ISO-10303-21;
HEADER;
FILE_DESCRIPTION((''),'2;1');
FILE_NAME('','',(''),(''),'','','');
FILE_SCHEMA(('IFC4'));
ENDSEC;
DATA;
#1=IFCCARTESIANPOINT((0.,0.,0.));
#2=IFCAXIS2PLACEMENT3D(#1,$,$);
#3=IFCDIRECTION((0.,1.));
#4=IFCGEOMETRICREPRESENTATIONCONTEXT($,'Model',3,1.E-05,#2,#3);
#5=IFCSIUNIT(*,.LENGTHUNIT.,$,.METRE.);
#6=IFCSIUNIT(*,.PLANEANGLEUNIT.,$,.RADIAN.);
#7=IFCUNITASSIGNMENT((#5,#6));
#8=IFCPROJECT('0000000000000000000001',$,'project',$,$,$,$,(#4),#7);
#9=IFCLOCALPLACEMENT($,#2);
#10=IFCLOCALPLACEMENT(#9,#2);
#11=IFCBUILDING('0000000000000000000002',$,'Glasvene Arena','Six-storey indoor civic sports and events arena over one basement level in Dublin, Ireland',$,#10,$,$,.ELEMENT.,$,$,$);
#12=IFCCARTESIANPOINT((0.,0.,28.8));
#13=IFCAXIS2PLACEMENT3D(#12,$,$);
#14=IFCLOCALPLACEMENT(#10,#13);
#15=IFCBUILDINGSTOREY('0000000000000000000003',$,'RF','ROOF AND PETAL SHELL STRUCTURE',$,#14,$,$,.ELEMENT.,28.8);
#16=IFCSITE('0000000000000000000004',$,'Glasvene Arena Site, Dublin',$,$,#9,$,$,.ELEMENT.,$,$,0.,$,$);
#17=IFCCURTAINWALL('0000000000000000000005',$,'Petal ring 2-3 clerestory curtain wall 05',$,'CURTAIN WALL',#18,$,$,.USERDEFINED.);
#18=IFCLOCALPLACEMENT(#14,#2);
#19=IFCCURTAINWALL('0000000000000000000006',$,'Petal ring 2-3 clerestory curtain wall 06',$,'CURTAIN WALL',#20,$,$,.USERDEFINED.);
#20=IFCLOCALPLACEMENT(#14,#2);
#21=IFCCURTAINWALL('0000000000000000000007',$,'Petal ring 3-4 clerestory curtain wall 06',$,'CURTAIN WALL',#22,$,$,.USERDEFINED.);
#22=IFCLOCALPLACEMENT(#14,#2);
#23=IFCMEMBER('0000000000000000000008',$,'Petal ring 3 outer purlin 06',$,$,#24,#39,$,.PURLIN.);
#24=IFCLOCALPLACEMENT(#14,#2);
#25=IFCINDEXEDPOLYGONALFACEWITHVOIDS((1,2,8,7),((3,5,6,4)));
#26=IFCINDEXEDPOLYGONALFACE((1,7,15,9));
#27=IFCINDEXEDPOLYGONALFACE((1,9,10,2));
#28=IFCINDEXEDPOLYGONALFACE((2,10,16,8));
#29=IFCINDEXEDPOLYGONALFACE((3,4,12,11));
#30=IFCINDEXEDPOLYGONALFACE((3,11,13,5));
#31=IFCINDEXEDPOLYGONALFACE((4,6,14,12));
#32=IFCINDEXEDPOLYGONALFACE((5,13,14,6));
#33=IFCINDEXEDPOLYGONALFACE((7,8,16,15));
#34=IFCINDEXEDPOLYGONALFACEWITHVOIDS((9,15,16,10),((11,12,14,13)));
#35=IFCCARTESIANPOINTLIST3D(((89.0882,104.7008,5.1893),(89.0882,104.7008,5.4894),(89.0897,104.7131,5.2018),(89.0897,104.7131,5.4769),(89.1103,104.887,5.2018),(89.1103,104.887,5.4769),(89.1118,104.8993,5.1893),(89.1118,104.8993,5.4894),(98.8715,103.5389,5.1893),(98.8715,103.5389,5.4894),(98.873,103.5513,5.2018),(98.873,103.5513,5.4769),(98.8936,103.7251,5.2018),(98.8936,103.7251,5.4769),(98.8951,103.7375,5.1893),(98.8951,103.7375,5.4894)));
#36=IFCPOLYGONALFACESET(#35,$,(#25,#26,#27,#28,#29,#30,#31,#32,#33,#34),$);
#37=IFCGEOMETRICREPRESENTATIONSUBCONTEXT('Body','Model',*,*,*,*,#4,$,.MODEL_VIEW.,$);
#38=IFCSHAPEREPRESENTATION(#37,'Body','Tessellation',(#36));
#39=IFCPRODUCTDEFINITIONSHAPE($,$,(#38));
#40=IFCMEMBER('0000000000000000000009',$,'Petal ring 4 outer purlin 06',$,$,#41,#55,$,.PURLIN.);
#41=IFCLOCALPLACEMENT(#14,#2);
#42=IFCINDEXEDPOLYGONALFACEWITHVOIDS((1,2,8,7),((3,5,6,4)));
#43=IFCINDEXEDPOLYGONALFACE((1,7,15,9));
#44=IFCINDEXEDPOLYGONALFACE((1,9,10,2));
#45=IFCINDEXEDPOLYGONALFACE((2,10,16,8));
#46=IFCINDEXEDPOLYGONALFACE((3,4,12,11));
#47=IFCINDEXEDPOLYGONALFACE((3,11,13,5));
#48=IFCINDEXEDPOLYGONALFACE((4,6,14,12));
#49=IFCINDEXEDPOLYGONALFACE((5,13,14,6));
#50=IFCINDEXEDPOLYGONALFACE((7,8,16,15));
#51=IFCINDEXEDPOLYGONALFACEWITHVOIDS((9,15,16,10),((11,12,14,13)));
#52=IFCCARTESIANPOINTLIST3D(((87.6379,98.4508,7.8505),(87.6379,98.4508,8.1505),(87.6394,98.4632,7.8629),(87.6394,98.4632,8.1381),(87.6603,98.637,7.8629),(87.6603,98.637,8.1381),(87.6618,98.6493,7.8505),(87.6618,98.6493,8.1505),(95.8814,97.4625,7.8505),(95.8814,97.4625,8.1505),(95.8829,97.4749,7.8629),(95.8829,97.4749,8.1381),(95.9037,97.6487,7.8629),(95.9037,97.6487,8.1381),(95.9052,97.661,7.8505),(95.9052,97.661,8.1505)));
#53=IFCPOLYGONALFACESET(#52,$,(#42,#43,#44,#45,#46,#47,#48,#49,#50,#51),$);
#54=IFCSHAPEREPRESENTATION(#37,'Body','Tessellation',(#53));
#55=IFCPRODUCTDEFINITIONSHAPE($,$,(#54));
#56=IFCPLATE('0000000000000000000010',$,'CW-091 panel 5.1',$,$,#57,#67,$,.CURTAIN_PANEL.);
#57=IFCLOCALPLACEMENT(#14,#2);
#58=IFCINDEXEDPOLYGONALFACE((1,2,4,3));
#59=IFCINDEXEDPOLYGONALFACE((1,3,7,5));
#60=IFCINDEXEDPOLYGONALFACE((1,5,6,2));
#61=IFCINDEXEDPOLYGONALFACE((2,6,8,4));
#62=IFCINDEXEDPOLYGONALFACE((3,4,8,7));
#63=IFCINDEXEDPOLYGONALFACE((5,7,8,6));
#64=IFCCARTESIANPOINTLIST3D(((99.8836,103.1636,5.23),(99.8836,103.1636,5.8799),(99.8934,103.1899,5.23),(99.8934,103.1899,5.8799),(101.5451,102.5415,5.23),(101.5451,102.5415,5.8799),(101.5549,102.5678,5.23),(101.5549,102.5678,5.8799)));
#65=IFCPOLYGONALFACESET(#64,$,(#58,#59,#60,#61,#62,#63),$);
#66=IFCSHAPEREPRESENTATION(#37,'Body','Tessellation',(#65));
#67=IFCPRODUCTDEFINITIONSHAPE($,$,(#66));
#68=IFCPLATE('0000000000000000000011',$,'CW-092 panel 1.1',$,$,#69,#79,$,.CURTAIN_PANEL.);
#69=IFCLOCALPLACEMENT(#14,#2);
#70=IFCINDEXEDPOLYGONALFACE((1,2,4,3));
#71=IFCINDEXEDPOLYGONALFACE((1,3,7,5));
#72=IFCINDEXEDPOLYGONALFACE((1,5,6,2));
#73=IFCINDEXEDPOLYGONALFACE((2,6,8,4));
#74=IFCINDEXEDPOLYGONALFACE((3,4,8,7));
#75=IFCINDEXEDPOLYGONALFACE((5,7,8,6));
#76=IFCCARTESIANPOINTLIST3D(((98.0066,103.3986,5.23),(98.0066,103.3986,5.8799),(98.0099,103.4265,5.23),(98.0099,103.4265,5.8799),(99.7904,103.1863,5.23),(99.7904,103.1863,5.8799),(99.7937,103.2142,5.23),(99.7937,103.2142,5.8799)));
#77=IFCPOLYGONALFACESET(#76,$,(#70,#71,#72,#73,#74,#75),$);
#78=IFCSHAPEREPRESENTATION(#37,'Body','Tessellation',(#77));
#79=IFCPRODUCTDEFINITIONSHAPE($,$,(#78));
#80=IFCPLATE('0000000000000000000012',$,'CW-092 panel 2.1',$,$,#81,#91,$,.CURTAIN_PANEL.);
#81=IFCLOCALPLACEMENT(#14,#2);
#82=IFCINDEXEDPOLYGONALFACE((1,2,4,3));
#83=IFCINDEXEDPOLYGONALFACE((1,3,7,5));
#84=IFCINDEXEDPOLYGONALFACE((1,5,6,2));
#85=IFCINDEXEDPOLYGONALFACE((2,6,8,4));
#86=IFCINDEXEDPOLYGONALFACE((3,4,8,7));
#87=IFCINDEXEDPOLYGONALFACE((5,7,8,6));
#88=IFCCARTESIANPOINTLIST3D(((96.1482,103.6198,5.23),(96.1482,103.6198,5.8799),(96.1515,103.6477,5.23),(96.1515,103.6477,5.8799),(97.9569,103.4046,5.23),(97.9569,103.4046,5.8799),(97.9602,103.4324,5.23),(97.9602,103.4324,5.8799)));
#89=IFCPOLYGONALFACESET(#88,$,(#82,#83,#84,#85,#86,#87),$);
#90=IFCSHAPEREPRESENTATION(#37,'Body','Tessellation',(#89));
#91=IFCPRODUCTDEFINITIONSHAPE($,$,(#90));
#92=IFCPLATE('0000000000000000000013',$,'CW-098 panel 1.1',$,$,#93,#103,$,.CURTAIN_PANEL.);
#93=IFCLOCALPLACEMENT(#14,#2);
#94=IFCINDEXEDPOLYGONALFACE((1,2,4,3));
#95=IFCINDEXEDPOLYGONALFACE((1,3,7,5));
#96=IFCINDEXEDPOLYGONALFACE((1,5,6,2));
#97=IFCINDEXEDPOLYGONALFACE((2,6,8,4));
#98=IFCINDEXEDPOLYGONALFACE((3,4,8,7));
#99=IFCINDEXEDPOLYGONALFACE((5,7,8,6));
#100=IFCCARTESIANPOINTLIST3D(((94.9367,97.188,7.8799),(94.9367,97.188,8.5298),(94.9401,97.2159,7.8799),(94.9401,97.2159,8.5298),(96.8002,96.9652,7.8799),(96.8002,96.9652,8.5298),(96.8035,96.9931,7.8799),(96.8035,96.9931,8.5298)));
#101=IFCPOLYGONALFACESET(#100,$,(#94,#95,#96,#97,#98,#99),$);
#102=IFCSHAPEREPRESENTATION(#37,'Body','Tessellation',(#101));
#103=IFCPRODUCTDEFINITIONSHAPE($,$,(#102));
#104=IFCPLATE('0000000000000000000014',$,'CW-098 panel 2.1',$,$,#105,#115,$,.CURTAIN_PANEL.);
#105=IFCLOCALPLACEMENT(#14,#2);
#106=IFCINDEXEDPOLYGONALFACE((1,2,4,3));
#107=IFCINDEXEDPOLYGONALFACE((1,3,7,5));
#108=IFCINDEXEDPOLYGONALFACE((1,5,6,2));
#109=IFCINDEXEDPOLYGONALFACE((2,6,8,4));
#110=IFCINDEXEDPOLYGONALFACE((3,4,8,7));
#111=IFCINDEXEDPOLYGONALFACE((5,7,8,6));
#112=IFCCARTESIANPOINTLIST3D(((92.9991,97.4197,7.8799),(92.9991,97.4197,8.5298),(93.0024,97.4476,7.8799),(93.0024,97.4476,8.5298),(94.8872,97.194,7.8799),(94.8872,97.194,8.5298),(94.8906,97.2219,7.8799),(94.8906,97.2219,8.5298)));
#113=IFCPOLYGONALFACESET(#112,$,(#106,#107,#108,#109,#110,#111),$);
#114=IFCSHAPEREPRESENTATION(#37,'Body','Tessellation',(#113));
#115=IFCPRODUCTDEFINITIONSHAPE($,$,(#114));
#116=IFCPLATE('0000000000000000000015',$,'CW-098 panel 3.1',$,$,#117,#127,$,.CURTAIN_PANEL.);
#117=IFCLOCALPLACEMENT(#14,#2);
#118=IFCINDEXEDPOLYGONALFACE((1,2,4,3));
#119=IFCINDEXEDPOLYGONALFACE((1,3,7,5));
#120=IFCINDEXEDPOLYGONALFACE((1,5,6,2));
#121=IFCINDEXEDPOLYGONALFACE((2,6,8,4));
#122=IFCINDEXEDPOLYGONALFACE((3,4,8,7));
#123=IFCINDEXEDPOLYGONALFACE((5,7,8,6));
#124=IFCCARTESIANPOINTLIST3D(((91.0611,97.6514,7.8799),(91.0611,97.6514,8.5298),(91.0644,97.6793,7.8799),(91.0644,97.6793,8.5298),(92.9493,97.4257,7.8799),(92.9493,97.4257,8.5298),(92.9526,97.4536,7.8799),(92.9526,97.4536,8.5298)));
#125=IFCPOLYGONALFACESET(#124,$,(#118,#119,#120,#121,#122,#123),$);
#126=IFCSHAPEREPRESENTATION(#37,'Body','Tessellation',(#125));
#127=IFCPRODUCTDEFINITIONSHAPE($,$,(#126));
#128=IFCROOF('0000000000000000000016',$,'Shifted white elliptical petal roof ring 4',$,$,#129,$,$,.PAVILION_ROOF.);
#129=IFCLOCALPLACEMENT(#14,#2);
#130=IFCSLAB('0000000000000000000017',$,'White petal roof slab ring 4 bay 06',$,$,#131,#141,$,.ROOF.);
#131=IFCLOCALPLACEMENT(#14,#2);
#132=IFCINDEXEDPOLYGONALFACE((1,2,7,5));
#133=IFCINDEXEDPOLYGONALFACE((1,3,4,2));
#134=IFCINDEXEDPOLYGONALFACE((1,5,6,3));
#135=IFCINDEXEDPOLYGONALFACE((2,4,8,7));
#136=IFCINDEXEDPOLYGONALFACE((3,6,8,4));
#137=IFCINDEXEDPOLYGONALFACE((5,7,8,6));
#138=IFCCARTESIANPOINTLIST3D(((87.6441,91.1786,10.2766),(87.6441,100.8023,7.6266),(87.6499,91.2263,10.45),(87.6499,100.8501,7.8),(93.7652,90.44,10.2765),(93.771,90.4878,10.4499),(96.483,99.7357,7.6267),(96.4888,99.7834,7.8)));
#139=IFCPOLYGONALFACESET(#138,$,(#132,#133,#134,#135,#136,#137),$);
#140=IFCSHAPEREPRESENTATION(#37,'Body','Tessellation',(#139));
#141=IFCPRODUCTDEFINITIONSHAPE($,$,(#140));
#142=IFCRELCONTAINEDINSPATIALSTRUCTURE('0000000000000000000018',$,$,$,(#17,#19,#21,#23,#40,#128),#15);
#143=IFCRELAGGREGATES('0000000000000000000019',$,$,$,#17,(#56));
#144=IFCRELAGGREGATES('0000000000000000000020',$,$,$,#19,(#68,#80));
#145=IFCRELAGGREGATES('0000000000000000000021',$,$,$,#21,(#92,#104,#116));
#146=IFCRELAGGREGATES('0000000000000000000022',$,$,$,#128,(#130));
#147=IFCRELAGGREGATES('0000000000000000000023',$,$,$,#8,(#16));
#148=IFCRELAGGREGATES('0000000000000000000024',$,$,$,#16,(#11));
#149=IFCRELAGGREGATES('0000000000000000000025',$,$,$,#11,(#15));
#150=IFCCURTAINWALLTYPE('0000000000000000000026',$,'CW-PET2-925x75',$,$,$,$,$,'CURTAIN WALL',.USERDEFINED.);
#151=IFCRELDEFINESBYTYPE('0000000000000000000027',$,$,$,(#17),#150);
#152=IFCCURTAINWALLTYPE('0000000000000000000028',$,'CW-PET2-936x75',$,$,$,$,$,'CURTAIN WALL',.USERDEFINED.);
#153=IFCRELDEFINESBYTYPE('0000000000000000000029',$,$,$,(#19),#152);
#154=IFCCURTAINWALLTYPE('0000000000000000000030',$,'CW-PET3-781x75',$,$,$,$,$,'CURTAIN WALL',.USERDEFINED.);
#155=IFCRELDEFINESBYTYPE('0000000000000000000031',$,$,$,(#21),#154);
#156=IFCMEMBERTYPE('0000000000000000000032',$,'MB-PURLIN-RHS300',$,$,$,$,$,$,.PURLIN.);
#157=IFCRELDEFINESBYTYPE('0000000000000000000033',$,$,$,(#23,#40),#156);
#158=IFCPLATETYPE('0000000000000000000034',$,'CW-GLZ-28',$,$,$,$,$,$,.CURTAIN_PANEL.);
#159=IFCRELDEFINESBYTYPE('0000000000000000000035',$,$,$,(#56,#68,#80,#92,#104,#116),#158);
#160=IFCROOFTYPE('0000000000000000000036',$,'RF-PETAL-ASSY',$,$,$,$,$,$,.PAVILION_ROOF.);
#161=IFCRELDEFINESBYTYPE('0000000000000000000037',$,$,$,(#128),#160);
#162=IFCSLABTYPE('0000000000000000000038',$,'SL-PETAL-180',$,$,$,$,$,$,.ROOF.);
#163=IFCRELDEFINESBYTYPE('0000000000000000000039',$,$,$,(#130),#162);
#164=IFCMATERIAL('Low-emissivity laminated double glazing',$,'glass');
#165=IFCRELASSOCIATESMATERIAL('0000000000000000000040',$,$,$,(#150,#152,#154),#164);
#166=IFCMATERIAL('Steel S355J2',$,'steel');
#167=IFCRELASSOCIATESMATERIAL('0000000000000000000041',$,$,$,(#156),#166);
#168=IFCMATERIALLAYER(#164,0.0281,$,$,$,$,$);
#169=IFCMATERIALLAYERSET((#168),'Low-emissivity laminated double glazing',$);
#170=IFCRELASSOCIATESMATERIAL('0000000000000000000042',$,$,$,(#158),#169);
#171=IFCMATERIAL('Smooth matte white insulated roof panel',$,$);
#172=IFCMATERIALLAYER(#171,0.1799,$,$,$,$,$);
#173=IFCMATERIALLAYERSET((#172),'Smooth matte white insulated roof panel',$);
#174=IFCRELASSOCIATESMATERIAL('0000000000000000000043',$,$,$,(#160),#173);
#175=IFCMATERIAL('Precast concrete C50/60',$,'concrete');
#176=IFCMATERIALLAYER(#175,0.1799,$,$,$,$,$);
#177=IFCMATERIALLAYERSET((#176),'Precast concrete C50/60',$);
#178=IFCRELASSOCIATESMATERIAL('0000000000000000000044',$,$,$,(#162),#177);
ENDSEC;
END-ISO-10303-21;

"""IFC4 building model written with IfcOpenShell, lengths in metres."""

from ifc_helpers import new_model, si_unit, direction, frame, origin, origin_2d, place, context, subcontext, project, spatial, polyline, rectangle, hollow_rectangle, outline, extrude, material, layer, layer_set, material_profile, profile_set, type_object, element, aggregate, save


model = new_model("IFC4")

# Units and contexts
model_context = context("Model", 3, precision=1e-05, world=origin(), true_north=direction((0.0, 1.0)))
body_context = subcontext(model_context, "Body", "Model", "MODEL_VIEW")
ifc_project = project(units=[si_unit("LENGTHUNIT", "METRE"), si_unit("PLANEANGLEUNIT", "RADIAN")], contexts=[model_context])

# Site, building, storey
site_placement = place(None, origin())
site = spatial("IfcSite", under=ifc_project, at=site_placement, Name="Glasvene Arena Site, Dublin", CompositionType="ELEMENT", RefElevation=0.0)
building_placement = place(site_placement, origin())
building = spatial("IfcBuilding", under=site, at=building_placement, Name="Glasvene Arena", Description="Six-storey indoor civic sports and events arena over one basement level in Dublin, Ireland", CompositionType="ELEMENT")
storey_placement = place(building_placement, frame((0.0, 0.0, 28.8)))
storey = spatial("IfcBuildingStorey", under=building, at=storey_placement, Name="RF", Description="ROOF AND PETAL SHELL STRUCTURE", CompositionType="ELEMENT", Elevation=28.8)

# Curtain walls
ifc_material_1 = material(Name="Low-emissivity laminated double glazing", Category="glass")
curtain_wall_type_1 = type_object("IfcCurtainWallType", Name="CW-PET2-925x75", ElementType="CURTAIN WALL", PredefinedType="USERDEFINED", material=ifc_material_1)
curtain_wall_1_placement = place(storey_placement, frame((108.5, 99.9524, 0.0)))
curtain_wall_1 = element("IfcCurtainWall", 1, at=curtain_wall_1_placement, inside=storey, type_object=curtain_wall_type_1, Name="Petal ring 2-3 clerestory curtain wall 05", ObjectType="CURTAIN WALL", PredefinedType="USERDEFINED")
curtain_wall_type_2 = type_object("IfcCurtainWallType", Name="CW-PET2-936x75", ElementType="CURTAIN WALL", PredefinedType="USERDEFINED", material=ifc_material_1)
curtain_wall_2_placement = place(storey_placement, frame((99.8416, 103.1943, 0.0)))
curtain_wall_2 = element("IfcCurtainWall", 2, at=curtain_wall_2_placement, inside=storey, type_object=curtain_wall_type_2, Name="Petal ring 2-3 clerestory curtain wall 06", ObjectType="CURTAIN WALL", PredefinedType="USERDEFINED")

# Curtain wall
curtain_wall_type_3 = type_object("IfcCurtainWallType", Name="CW-PET3-781x75", ElementType="CURTAIN WALL", PredefinedType="USERDEFINED", material=ifc_material_1)
curtain_wall_3_placement = place(storey_placement, frame((96.8516, 96.9731, 0.0)))
curtain_wall_3 = element("IfcCurtainWall", 3, at=curtain_wall_3_placement, inside=storey, type_object=curtain_wall_type_3, Name="Petal ring 3-4 clerestory curtain wall 06", ObjectType="CURTAIN WALL", PredefinedType="USERDEFINED")

# Members
ifc_material_2 = material(Name="Steel S355J2", Category="steel")
ifc_material_profile_1 = material_profile(ifc_material_2, hollow_rectangle(XDim=0.2, YDim=0.3, WallThickness=0.0125, at=origin_2d()), Name="RHS 300x200x12.5")
ifc_profile_set_1 = profile_set([ifc_material_profile_1], Name="Steel S355J2")
member_type_1 = type_object("IfcMemberType", Name="MB-PURLIN-RHS300", PredefinedType="PURLIN", material=ifc_profile_set_1)
member_1_placement = place(storey_placement, frame((98.8833, 103.6382, 5.3394), z_axis=(-0.993022, 0.117932, 0.0), x_axis=(-0.117932, -0.993022, 0.0)))
element("IfcMember", 4, at=member_1_placement, inside=storey, type_object=member_type_1, Name="Petal ring 3 outer purlin 06", PredefinedType="PURLIN", context=body_context, shape_type="SweptSolid", body=[
    extrude(hollow_rectangle(XDim=0.2, YDim=0.3, WallThickness=0.0125, at=origin_2d()), origin(), (0.0, 0.0, 1.0), 9.8521),
])
member_2_placement = place(storey_placement, frame((95.8933, 97.5618, 8.0005), z_axis=(-0.99289, 0.119035, 0.0), x_axis=(-0.119035, -0.99289, 0.0)))
element("IfcMember", 5, at=member_2_placement, inside=storey, type_object=member_type_1, Name="Petal ring 4 outer purlin 06", PredefinedType="PURLIN", context=body_context, shape_type="SweptSolid", body=[
    extrude(hollow_rectangle(XDim=0.2, YDim=0.3, WallThickness=0.0125, at=origin_2d()), origin(), (0.0, 0.0, 1.0), 8.3025),
])

# Plates
ifc_layer_1 = layer(ifc_material_1, 0.0281)
ifc_layer_set_1 = layer_set([ifc_layer_1], Name="Low-emissivity laminated double glazing")
plate_type = type_object("IfcPlateType", Name="CW-GLZ-28", PredefinedType="CURTAIN_PANEL", material=ifc_layer_set_1)
plate_1_placement = place(storey_placement, frame((100.7192, 102.8657, 5.23), z_axis=(0.0, 0.0, 1.0), x_axis=(-0.93651, 0.35064, 0.0)))
plate_1 = element("IfcPlate", 6, at=plate_1_placement, type_object=plate_type, Name="CW-091 panel 5.1", PredefinedType="CURTAIN_PANEL", context=body_context, shape_type="SweptSolid", body=[
    extrude(rectangle(XDim=1.7742, YDim=0.0281, at=origin_2d()), origin(), (0.0, 0.0, 1.0), 0.6499),
])
aggregate(curtain_wall_1, [plate_1])
plate_2_placement = place(storey_placement, frame((98.9001, 103.3064, 5.23), z_axis=(0.0, 0.0, 1.0), x_axis=(-0.992994, 0.118166, 0.0)))
plate_2 = element("IfcPlate", 7, at=plate_2_placement, type_object=plate_type, Name="CW-092 panel 1.1", PredefinedType="CURTAIN_PANEL", context=body_context, shape_type="SweptSolid", body=[
    extrude(rectangle(XDim=1.7964, YDim=0.0281, at=origin_2d()), origin(), (0.0, 0.0, 1.0), 0.6499),
])
plate_3_placement = place(storey_placement, frame((97.0542, 103.5261, 5.23), z_axis=(0.0, 0.0, 1.0), x_axis=(-0.992994, 0.118166, 0.0)))
plate_3 = element("IfcPlate", 8, at=plate_3_placement, type_object=plate_type, Name="CW-092 panel 2.1", PredefinedType="CURTAIN_PANEL", context=body_context, shape_type="SweptSolid", body=[
    extrude(rectangle(XDim=1.8215, YDim=0.0281, at=origin_2d()), origin(), (0.0, 0.0, 1.0), 0.6499),
])
aggregate(curtain_wall_2, [plate_2, plate_3])
plate_4_placement = place(storey_placement, frame((95.8701, 97.0906, 7.8799), z_axis=(0.0, 0.0, 1.0), x_axis=(-0.992928, 0.118717, 0.0)))
plate_4 = element("IfcPlate", 9, at=plate_4_placement, type_object=plate_type, Name="CW-098 panel 1.1", PredefinedType="CURTAIN_PANEL", context=body_context, shape_type="SweptSolid", body=[
    extrude(rectangle(XDim=1.8767, YDim=0.0281, at=origin_2d()), origin(), (0.0, 0.0, 1.0), 0.6499),
])
plate_5_placement = place(storey_placement, frame((93.9448, 97.3208, 7.8799), z_axis=(0.0, 0.0, 1.0), x_axis=(-0.992928, 0.118717, 0.0)))
plate_5 = element("IfcPlate", 10, at=plate_5_placement, type_object=plate_type, Name="CW-098 panel 2.1", PredefinedType="CURTAIN_PANEL", context=body_context, shape_type="SweptSolid", body=[
    extrude(rectangle(XDim=1.9016, YDim=0.0281, at=origin_2d()), origin(), (0.0, 0.0, 1.0), 0.6499),
])
plate_6_placement = place(storey_placement, frame((92.0068, 97.5525, 7.8799), z_axis=(0.0, 0.0, 1.0), x_axis=(-0.992928, 0.118717, 0.0)))
plate_6 = element("IfcPlate", 11, at=plate_6_placement, type_object=plate_type, Name="CW-098 panel 3.1", PredefinedType="CURTAIN_PANEL", context=body_context, shape_type="SweptSolid", body=[
    extrude(rectangle(XDim=1.9016, YDim=0.0281, at=origin_2d()), origin(), (0.0, 0.0, 1.0), 0.6499),
])
aggregate(curtain_wall_3, [plate_4, plate_5, plate_6])

# Roof, slab
ifc_material_3 = material(Name="Smooth matte white insulated roof panel")
ifc_layer_2 = layer(ifc_material_3, 0.1799)
ifc_layer_set_2 = layer_set([ifc_layer_2], Name="Smooth matte white insulated roof panel")
roof_type = type_object("IfcRoofType", Name="RF-PETAL-ASSY", PredefinedType="PAVILION_ROOF", material=ifc_layer_set_2)
roof_placement = place(storey_placement, frame((87.6499, 69.55, 7.8)))
roof = element("IfcRoof", 12, at=roof_placement, inside=storey, type_object=roof_type, Name="Shifted white elliptical petal roof ring 4", PredefinedType="PAVILION_ROOF")
ifc_material_4 = material(Name="Precast concrete C50/60", Category="concrete")
ifc_layer_3 = layer(ifc_material_4, 0.1799)
ifc_layer_set_3 = layer_set([ifc_layer_3], Name="Precast concrete C50/60")
slab_type = type_object("IfcSlabType", Name="SL-PETAL-180", PredefinedType="ROOF", material=ifc_layer_set_3)
slab_placement = place(storey_placement, frame((96.4888, 99.7834, 7.8), z_axis=(0.032017, 0.265336, 0.963624), x_axis=(-0.992797, 0.119807, -0.000003)))
slab = element("IfcSlab", 13, at=slab_placement, type_object=slab_type, Name="White petal roof slab ring 4 bay 06", PredefinedType="ROOF", context=body_context, shape_type="SweptSolid", body=[
    extrude(outline(polyline([(0.0, 0.0), (8.903, 0.0), (7.75, 9.9151), (1.5845, 9.915), (0.0, 0.0)])), origin(), (0.0, 0.0, -1.0), 0.1799),
])
aggregate(roof, [slab])

save(model, "model.ifc")
